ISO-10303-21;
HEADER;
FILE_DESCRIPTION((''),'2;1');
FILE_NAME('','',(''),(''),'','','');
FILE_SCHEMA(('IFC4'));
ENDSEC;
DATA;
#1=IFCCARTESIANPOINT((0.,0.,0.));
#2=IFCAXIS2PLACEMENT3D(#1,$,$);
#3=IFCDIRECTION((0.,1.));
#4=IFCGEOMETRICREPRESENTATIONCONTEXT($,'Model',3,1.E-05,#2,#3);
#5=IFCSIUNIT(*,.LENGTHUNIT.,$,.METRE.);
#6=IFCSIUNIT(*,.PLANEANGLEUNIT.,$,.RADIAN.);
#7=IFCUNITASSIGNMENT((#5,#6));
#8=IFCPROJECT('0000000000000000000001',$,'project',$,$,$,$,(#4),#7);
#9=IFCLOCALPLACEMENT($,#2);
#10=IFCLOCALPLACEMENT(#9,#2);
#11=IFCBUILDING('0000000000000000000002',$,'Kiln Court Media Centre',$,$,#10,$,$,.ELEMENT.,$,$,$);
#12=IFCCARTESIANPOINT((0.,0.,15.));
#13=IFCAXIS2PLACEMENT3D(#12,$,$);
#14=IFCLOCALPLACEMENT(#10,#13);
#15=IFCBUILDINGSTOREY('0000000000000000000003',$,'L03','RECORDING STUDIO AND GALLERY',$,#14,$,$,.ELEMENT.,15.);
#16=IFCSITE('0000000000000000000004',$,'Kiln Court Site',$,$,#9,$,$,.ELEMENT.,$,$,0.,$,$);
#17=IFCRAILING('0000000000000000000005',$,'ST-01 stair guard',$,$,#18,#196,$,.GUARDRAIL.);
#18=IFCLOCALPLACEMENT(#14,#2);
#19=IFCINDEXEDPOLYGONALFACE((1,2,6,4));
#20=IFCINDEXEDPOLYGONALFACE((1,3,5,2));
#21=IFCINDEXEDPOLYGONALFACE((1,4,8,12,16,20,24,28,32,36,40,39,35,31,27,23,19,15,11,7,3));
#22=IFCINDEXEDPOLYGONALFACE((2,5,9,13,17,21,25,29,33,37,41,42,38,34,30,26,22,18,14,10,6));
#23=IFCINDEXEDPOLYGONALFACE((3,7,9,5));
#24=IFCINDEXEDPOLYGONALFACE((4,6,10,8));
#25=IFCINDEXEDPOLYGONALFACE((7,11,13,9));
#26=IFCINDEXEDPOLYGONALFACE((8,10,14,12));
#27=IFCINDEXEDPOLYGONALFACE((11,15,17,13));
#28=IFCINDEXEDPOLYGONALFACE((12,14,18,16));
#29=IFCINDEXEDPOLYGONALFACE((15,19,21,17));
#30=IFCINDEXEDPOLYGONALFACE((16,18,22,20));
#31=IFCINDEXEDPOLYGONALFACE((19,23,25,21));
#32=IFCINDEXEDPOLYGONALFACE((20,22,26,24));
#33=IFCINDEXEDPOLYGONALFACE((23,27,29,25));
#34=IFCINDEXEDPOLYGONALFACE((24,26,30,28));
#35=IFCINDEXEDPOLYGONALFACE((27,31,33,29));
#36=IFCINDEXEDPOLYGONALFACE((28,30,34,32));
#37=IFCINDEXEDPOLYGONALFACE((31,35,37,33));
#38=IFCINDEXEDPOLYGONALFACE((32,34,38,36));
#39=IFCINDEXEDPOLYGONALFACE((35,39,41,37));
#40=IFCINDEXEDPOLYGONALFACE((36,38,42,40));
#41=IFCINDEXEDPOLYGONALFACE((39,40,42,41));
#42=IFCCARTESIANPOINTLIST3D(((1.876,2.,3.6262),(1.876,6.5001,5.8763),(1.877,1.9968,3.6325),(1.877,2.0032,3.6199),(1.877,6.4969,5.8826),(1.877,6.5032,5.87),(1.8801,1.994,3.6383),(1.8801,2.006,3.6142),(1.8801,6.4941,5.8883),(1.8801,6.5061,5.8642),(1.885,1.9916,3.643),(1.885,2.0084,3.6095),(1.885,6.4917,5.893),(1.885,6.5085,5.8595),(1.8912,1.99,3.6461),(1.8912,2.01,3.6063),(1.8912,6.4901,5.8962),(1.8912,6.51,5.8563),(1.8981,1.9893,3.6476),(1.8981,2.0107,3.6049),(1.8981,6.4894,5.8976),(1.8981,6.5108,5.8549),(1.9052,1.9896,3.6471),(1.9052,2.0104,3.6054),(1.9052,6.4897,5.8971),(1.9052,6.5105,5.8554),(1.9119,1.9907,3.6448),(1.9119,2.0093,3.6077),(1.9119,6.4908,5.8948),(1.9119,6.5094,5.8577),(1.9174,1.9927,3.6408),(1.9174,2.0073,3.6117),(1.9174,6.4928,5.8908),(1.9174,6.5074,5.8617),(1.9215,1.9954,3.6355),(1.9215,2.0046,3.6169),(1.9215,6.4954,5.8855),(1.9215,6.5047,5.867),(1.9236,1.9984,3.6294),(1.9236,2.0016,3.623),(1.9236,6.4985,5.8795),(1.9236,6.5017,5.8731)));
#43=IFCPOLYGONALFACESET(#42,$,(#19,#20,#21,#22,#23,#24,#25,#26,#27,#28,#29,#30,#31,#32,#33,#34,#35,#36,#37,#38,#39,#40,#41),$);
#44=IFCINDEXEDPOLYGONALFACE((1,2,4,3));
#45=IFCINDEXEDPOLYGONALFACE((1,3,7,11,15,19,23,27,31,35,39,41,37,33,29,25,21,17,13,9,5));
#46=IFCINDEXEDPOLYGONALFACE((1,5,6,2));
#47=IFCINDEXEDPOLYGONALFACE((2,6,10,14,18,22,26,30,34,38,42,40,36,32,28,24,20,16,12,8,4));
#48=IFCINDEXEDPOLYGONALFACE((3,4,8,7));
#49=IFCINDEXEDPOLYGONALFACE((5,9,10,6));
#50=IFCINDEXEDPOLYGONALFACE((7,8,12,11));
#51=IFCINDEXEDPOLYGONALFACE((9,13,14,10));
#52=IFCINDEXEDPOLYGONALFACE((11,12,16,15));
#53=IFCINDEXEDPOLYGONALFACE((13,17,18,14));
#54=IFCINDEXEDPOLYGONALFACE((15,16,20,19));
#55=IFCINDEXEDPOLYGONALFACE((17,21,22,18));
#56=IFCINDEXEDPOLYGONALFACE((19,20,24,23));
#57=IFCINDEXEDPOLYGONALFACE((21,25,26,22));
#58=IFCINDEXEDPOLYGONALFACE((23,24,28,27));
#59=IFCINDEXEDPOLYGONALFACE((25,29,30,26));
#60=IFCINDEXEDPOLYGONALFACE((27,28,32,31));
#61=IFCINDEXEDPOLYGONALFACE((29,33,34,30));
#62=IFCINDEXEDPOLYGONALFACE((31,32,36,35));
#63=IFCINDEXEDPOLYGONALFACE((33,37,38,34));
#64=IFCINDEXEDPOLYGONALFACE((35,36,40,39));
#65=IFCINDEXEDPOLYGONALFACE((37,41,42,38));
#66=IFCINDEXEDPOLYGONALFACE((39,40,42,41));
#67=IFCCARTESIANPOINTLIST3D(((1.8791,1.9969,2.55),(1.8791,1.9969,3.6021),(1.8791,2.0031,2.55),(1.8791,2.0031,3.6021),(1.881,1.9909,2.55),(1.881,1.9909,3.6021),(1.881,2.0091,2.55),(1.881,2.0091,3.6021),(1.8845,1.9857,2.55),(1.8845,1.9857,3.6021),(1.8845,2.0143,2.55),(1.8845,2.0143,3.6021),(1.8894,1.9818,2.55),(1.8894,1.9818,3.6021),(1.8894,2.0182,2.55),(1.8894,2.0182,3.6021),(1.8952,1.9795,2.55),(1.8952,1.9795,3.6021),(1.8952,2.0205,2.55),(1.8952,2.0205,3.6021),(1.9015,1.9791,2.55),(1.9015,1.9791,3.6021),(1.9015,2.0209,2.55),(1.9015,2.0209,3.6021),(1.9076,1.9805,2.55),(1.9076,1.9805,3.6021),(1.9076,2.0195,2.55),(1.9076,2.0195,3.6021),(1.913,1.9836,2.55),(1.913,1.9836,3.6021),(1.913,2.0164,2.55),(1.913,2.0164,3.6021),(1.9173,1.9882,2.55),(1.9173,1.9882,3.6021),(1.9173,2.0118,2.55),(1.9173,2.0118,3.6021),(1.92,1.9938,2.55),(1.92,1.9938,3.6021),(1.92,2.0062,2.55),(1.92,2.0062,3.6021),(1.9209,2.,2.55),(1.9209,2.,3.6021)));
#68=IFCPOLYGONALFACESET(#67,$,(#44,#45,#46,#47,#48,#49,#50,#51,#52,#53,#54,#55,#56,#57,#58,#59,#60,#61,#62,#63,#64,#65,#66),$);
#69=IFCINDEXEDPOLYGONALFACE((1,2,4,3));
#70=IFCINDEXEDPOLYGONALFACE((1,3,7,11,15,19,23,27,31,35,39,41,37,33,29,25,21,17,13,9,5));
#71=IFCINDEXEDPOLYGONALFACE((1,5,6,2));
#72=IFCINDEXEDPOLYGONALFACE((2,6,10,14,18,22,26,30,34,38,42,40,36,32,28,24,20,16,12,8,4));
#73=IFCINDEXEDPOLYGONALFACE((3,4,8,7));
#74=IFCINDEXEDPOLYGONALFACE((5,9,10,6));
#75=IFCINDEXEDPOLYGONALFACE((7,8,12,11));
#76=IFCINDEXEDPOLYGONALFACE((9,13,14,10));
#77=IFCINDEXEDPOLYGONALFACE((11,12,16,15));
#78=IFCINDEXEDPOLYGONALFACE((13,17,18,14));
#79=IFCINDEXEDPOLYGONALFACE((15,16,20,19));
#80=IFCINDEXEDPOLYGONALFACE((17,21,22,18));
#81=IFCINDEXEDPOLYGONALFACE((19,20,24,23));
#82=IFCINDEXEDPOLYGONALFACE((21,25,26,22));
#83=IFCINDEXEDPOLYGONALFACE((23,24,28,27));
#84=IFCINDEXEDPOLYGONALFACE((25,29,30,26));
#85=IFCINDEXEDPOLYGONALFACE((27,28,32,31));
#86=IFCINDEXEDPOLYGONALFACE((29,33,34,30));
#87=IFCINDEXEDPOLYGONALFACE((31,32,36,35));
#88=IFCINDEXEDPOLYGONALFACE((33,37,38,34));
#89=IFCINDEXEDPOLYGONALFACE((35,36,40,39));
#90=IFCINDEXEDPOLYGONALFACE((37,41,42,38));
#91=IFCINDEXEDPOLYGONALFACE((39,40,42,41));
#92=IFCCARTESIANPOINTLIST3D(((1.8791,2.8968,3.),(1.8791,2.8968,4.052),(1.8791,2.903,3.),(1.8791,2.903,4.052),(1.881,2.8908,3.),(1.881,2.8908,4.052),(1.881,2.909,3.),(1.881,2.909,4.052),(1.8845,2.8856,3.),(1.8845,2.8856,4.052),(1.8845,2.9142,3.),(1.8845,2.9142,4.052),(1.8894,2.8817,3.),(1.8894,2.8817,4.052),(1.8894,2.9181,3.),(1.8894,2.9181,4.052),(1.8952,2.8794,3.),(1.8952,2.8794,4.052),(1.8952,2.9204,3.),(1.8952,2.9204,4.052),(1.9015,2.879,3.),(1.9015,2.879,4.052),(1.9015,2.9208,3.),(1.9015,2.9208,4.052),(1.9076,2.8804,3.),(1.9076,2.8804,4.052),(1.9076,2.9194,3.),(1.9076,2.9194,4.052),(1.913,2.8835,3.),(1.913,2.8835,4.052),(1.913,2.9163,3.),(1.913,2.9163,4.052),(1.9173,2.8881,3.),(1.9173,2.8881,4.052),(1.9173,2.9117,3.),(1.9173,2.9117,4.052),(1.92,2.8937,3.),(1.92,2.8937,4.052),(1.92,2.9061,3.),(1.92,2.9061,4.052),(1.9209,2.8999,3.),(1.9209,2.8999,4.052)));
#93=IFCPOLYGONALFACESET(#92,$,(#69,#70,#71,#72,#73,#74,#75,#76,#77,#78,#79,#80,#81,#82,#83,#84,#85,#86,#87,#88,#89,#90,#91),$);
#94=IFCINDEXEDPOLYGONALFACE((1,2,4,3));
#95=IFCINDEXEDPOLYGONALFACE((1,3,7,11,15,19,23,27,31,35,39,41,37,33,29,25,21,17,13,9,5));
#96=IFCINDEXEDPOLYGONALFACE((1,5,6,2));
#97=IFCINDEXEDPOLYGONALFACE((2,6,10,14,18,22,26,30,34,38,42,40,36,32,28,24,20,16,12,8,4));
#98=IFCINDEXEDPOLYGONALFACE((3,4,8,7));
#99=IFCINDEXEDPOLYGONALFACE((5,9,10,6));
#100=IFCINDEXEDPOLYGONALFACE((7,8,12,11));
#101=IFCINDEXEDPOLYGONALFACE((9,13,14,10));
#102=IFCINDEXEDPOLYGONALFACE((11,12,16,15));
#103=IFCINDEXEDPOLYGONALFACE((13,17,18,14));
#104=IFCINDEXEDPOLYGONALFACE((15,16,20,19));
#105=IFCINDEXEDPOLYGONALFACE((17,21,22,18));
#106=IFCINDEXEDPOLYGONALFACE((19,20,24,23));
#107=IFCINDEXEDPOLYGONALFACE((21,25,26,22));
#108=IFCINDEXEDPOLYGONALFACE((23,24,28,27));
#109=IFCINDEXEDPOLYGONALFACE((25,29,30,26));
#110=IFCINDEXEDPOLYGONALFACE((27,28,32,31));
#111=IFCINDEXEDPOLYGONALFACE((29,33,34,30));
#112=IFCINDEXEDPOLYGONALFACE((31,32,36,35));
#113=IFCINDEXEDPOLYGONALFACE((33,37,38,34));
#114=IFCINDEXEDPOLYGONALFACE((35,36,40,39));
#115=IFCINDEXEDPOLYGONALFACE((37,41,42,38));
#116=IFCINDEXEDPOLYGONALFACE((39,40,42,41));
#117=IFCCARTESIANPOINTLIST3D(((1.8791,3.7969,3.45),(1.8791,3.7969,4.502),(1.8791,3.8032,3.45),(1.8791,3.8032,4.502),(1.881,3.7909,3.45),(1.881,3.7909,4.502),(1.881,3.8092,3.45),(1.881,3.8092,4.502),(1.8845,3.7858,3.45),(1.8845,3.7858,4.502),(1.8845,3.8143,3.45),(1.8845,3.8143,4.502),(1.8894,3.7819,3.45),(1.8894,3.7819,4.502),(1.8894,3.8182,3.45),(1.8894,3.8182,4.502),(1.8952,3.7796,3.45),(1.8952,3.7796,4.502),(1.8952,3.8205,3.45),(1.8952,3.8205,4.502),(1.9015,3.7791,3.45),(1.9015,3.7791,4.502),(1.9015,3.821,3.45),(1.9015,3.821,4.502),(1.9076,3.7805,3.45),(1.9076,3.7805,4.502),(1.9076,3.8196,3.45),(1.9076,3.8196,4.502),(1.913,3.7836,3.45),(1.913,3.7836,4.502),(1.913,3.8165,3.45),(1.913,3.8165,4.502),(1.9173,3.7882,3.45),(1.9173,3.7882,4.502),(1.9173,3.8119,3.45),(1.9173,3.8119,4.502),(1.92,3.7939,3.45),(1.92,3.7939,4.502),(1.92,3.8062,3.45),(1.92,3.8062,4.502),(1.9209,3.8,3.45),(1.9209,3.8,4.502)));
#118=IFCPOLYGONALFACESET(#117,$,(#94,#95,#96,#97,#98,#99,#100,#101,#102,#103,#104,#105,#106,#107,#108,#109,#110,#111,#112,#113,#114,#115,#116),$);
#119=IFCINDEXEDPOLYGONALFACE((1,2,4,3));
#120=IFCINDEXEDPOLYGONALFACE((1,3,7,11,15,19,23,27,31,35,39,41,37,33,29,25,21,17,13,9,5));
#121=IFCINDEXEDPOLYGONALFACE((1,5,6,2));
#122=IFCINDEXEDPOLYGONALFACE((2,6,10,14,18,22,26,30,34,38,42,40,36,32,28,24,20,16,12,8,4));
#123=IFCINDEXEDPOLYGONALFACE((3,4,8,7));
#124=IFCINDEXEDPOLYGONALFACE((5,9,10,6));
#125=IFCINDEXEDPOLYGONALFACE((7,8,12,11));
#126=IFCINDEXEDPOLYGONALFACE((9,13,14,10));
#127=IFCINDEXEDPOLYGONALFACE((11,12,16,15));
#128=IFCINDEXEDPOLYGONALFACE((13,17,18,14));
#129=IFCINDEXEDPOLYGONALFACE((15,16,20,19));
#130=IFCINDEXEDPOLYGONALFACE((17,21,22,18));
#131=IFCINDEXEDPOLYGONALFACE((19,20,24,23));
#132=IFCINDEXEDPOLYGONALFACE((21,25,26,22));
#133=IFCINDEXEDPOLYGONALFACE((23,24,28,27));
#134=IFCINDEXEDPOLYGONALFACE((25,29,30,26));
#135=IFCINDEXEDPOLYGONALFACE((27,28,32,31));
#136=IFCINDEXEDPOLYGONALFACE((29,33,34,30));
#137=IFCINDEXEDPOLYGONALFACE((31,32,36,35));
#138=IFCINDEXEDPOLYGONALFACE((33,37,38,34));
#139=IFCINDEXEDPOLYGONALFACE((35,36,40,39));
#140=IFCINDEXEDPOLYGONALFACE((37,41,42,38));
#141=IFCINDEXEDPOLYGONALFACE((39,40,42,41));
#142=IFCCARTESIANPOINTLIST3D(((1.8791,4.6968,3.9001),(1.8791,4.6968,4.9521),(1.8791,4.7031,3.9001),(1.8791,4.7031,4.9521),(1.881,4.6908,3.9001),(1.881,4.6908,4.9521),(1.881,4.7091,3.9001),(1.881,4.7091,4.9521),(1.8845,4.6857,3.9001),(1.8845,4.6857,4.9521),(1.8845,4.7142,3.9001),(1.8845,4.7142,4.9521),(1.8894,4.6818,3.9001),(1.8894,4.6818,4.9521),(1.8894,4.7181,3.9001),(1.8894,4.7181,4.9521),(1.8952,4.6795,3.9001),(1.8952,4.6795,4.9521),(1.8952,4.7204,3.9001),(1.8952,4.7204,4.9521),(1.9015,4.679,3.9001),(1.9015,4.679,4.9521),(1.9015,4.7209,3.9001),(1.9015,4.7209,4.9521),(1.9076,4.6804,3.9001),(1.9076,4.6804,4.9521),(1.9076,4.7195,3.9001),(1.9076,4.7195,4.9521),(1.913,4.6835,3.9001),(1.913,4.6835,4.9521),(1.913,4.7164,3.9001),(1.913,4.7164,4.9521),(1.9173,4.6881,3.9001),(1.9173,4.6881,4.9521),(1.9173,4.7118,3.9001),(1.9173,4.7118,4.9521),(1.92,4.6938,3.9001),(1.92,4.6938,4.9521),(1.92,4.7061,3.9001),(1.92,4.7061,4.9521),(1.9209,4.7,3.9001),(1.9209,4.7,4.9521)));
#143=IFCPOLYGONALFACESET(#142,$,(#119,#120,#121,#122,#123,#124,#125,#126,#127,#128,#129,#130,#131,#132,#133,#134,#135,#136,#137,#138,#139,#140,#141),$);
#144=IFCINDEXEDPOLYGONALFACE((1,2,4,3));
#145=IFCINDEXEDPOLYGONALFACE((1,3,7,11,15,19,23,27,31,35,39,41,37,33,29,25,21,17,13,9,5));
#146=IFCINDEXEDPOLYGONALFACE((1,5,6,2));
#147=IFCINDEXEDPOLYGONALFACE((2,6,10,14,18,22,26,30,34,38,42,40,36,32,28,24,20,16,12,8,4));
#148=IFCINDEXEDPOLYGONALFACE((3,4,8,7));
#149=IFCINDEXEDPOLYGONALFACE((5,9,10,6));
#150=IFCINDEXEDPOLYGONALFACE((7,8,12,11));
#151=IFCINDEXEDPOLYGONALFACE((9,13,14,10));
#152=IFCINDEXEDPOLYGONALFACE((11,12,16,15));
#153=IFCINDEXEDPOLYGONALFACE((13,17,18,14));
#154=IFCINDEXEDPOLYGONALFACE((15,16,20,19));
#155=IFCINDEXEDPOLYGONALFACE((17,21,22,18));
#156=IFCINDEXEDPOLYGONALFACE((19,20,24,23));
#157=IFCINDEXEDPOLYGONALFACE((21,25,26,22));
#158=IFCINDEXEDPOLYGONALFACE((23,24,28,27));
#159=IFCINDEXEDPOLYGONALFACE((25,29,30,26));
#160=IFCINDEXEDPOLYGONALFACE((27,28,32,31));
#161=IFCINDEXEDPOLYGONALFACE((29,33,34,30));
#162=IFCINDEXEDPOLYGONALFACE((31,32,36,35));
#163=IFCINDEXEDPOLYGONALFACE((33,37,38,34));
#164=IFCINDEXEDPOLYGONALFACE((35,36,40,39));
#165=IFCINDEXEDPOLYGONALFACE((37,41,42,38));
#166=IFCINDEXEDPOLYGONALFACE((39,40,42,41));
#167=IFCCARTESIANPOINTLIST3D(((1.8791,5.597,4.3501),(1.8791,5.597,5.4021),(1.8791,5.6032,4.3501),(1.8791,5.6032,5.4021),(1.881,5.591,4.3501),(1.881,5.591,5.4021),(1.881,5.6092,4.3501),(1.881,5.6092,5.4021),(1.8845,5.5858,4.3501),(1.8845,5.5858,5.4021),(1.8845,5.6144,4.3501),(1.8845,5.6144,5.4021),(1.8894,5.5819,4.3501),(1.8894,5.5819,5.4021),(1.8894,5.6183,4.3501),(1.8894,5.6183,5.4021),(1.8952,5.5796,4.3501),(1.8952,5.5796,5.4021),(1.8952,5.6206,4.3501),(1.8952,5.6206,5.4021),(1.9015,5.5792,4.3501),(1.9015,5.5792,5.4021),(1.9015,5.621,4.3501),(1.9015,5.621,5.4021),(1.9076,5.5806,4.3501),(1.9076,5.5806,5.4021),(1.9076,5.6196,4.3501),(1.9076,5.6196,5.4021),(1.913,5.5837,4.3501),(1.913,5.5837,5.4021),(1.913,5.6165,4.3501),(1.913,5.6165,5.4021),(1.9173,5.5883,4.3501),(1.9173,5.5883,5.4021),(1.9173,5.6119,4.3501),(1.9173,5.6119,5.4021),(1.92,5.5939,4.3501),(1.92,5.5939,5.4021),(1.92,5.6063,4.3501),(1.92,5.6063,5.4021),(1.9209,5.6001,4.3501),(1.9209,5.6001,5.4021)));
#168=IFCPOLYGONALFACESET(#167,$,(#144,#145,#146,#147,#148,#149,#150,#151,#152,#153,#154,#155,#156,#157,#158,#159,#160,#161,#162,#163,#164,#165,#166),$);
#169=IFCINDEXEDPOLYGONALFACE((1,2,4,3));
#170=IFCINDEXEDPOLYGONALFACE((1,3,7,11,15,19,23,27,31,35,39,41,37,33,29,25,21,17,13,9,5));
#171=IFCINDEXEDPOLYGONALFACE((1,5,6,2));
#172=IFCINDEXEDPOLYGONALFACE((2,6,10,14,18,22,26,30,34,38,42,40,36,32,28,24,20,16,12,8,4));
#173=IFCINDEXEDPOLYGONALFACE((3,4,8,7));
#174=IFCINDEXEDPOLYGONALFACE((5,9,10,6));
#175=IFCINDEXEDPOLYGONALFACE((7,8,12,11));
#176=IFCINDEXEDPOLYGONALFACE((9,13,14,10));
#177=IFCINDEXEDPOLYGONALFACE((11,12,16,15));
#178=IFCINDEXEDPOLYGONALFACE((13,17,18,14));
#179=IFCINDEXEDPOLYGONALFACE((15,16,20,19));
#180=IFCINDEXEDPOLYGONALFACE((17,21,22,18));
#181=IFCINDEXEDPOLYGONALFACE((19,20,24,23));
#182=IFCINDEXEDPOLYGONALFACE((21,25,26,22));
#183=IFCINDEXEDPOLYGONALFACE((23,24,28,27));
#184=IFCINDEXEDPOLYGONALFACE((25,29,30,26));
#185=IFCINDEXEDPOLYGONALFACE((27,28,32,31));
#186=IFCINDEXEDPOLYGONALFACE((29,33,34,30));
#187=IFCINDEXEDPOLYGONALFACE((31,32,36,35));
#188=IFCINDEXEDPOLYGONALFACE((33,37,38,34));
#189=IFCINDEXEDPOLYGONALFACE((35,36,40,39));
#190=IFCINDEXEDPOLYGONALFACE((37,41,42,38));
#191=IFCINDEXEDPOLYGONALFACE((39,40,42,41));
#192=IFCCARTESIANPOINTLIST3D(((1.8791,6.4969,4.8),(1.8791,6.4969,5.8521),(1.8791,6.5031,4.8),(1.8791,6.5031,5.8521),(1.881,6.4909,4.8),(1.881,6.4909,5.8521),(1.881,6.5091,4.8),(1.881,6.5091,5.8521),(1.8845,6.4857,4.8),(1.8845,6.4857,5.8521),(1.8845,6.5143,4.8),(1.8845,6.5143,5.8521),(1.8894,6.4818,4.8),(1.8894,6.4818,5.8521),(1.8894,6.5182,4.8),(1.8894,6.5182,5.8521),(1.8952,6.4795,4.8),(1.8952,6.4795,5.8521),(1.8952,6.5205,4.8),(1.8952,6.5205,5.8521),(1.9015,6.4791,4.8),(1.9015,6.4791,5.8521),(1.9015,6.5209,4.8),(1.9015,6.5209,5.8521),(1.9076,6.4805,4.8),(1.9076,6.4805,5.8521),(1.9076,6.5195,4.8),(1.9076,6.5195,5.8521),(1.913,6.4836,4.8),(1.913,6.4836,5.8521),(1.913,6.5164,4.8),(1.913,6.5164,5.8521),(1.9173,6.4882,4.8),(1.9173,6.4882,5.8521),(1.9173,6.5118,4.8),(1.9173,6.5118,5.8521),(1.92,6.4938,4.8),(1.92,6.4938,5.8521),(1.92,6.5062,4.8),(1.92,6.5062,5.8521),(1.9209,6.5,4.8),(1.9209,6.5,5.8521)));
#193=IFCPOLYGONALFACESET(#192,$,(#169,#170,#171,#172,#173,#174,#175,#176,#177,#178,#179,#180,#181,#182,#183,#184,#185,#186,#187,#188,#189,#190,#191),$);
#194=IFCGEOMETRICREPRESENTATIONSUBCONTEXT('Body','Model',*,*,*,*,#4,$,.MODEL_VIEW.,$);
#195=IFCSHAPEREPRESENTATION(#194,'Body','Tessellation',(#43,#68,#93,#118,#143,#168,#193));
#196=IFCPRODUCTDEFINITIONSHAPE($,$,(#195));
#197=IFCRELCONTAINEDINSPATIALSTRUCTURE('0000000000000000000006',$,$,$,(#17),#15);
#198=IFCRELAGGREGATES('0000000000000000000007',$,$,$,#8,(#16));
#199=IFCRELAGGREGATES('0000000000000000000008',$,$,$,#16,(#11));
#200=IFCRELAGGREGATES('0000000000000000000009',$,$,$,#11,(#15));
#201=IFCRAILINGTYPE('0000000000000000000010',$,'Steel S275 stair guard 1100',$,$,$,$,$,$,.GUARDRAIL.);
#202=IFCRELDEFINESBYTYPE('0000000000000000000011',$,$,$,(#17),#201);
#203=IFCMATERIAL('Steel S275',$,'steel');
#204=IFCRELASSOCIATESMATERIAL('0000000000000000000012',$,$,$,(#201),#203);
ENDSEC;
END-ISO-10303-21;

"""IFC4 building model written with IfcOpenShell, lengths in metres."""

from ifc_helpers import new_model, si_unit, direction, frame, origin, origin_2d, place, context, subcontext, project, spatial, circle, extrude, material, type_object, element, save


model = new_model("IFC4")

# Units and contexts
model_context = context("Model", 3, precision=1e-05, world=origin(), true_north=direction((0.0, 1.0)))
body_context = subcontext(model_context, "Body", "Model", "MODEL_VIEW")
ifc_project = project(units=[si_unit("LENGTHUNIT", "METRE"), si_unit("PLANEANGLEUNIT", "RADIAN")], contexts=[model_context])

# Site, building, storey
site_placement = place(None, origin())
site = spatial("IfcSite", under=ifc_project, at=site_placement, Name="Kiln Court Site", CompositionType="ELEMENT", RefElevation=0.0)
building_placement = place(site_placement, origin())
building = spatial("IfcBuilding", under=site, at=building_placement, Name="Kiln Court Media Centre", CompositionType="ELEMENT")
storey_placement = place(building_placement, frame((0.0, 0.0, 15.0)))
storey = spatial("IfcBuildingStorey", under=building, at=storey_placement, Name="L03", Description="RECORDING STUDIO AND GALLERY", CompositionType="ELEMENT", Elevation=15.0)

# Railing
ifc_material_1 = material(Name="Steel S275", Category="steel")
railing_type_1 = type_object("IfcRailingType", Name="Steel S275 stair guard 1100", PredefinedType="GUARDRAIL", material=ifc_material_1)
railing_1_placement = place(storey_placement, frame((1.8999, 2.0, 2.55)))
element("IfcRailing", 1, at=railing_1_placement, inside=storey, type_object=railing_type_1, Name="ST-01 stair guard", PredefinedType="GUARDRAIL", context=body_context, shape_type="SweptSolid", body=[
    extrude(circle(Radius=0.0239, at=origin_2d()), frame((0.0, 0.0, 1.0762), z_axis=(0.0, 0.894427, 0.447214), x_axis=(-1.0, 0.0, 0.0)), (0.0, 0.0, 1.0), 5.0312),
    extrude(circle(Radius=0.021, at=origin_2d()), origin(), (0.0, 0.0, 1.0), 1.052),
    extrude(circle(Radius=0.021, at=origin_2d()), frame((0.0, 0.8999, 0.45)), (0.0, 0.0, 1.0), 1.052),
    extrude(circle(Radius=0.021, at=origin_2d()), frame((0.0, 1.8, 0.8999)), (0.0, 0.0, 1.0), 1.052),
    extrude(circle(Radius=0.021, at=origin_2d()), frame((0.0, 2.7, 1.3501)), (0.0, 0.0, 1.0), 1.052),
    extrude(circle(Radius=0.021, at=origin_2d()), frame((0.0, 3.6001, 1.8)), (0.0, 0.0, 1.0), 1.052),
    extrude(circle(Radius=0.021, at=origin_2d()), frame((0.0, 4.5, 2.25)), (0.0, 0.0, 1.0), 1.052),
])

save(model, "model.ifc")
